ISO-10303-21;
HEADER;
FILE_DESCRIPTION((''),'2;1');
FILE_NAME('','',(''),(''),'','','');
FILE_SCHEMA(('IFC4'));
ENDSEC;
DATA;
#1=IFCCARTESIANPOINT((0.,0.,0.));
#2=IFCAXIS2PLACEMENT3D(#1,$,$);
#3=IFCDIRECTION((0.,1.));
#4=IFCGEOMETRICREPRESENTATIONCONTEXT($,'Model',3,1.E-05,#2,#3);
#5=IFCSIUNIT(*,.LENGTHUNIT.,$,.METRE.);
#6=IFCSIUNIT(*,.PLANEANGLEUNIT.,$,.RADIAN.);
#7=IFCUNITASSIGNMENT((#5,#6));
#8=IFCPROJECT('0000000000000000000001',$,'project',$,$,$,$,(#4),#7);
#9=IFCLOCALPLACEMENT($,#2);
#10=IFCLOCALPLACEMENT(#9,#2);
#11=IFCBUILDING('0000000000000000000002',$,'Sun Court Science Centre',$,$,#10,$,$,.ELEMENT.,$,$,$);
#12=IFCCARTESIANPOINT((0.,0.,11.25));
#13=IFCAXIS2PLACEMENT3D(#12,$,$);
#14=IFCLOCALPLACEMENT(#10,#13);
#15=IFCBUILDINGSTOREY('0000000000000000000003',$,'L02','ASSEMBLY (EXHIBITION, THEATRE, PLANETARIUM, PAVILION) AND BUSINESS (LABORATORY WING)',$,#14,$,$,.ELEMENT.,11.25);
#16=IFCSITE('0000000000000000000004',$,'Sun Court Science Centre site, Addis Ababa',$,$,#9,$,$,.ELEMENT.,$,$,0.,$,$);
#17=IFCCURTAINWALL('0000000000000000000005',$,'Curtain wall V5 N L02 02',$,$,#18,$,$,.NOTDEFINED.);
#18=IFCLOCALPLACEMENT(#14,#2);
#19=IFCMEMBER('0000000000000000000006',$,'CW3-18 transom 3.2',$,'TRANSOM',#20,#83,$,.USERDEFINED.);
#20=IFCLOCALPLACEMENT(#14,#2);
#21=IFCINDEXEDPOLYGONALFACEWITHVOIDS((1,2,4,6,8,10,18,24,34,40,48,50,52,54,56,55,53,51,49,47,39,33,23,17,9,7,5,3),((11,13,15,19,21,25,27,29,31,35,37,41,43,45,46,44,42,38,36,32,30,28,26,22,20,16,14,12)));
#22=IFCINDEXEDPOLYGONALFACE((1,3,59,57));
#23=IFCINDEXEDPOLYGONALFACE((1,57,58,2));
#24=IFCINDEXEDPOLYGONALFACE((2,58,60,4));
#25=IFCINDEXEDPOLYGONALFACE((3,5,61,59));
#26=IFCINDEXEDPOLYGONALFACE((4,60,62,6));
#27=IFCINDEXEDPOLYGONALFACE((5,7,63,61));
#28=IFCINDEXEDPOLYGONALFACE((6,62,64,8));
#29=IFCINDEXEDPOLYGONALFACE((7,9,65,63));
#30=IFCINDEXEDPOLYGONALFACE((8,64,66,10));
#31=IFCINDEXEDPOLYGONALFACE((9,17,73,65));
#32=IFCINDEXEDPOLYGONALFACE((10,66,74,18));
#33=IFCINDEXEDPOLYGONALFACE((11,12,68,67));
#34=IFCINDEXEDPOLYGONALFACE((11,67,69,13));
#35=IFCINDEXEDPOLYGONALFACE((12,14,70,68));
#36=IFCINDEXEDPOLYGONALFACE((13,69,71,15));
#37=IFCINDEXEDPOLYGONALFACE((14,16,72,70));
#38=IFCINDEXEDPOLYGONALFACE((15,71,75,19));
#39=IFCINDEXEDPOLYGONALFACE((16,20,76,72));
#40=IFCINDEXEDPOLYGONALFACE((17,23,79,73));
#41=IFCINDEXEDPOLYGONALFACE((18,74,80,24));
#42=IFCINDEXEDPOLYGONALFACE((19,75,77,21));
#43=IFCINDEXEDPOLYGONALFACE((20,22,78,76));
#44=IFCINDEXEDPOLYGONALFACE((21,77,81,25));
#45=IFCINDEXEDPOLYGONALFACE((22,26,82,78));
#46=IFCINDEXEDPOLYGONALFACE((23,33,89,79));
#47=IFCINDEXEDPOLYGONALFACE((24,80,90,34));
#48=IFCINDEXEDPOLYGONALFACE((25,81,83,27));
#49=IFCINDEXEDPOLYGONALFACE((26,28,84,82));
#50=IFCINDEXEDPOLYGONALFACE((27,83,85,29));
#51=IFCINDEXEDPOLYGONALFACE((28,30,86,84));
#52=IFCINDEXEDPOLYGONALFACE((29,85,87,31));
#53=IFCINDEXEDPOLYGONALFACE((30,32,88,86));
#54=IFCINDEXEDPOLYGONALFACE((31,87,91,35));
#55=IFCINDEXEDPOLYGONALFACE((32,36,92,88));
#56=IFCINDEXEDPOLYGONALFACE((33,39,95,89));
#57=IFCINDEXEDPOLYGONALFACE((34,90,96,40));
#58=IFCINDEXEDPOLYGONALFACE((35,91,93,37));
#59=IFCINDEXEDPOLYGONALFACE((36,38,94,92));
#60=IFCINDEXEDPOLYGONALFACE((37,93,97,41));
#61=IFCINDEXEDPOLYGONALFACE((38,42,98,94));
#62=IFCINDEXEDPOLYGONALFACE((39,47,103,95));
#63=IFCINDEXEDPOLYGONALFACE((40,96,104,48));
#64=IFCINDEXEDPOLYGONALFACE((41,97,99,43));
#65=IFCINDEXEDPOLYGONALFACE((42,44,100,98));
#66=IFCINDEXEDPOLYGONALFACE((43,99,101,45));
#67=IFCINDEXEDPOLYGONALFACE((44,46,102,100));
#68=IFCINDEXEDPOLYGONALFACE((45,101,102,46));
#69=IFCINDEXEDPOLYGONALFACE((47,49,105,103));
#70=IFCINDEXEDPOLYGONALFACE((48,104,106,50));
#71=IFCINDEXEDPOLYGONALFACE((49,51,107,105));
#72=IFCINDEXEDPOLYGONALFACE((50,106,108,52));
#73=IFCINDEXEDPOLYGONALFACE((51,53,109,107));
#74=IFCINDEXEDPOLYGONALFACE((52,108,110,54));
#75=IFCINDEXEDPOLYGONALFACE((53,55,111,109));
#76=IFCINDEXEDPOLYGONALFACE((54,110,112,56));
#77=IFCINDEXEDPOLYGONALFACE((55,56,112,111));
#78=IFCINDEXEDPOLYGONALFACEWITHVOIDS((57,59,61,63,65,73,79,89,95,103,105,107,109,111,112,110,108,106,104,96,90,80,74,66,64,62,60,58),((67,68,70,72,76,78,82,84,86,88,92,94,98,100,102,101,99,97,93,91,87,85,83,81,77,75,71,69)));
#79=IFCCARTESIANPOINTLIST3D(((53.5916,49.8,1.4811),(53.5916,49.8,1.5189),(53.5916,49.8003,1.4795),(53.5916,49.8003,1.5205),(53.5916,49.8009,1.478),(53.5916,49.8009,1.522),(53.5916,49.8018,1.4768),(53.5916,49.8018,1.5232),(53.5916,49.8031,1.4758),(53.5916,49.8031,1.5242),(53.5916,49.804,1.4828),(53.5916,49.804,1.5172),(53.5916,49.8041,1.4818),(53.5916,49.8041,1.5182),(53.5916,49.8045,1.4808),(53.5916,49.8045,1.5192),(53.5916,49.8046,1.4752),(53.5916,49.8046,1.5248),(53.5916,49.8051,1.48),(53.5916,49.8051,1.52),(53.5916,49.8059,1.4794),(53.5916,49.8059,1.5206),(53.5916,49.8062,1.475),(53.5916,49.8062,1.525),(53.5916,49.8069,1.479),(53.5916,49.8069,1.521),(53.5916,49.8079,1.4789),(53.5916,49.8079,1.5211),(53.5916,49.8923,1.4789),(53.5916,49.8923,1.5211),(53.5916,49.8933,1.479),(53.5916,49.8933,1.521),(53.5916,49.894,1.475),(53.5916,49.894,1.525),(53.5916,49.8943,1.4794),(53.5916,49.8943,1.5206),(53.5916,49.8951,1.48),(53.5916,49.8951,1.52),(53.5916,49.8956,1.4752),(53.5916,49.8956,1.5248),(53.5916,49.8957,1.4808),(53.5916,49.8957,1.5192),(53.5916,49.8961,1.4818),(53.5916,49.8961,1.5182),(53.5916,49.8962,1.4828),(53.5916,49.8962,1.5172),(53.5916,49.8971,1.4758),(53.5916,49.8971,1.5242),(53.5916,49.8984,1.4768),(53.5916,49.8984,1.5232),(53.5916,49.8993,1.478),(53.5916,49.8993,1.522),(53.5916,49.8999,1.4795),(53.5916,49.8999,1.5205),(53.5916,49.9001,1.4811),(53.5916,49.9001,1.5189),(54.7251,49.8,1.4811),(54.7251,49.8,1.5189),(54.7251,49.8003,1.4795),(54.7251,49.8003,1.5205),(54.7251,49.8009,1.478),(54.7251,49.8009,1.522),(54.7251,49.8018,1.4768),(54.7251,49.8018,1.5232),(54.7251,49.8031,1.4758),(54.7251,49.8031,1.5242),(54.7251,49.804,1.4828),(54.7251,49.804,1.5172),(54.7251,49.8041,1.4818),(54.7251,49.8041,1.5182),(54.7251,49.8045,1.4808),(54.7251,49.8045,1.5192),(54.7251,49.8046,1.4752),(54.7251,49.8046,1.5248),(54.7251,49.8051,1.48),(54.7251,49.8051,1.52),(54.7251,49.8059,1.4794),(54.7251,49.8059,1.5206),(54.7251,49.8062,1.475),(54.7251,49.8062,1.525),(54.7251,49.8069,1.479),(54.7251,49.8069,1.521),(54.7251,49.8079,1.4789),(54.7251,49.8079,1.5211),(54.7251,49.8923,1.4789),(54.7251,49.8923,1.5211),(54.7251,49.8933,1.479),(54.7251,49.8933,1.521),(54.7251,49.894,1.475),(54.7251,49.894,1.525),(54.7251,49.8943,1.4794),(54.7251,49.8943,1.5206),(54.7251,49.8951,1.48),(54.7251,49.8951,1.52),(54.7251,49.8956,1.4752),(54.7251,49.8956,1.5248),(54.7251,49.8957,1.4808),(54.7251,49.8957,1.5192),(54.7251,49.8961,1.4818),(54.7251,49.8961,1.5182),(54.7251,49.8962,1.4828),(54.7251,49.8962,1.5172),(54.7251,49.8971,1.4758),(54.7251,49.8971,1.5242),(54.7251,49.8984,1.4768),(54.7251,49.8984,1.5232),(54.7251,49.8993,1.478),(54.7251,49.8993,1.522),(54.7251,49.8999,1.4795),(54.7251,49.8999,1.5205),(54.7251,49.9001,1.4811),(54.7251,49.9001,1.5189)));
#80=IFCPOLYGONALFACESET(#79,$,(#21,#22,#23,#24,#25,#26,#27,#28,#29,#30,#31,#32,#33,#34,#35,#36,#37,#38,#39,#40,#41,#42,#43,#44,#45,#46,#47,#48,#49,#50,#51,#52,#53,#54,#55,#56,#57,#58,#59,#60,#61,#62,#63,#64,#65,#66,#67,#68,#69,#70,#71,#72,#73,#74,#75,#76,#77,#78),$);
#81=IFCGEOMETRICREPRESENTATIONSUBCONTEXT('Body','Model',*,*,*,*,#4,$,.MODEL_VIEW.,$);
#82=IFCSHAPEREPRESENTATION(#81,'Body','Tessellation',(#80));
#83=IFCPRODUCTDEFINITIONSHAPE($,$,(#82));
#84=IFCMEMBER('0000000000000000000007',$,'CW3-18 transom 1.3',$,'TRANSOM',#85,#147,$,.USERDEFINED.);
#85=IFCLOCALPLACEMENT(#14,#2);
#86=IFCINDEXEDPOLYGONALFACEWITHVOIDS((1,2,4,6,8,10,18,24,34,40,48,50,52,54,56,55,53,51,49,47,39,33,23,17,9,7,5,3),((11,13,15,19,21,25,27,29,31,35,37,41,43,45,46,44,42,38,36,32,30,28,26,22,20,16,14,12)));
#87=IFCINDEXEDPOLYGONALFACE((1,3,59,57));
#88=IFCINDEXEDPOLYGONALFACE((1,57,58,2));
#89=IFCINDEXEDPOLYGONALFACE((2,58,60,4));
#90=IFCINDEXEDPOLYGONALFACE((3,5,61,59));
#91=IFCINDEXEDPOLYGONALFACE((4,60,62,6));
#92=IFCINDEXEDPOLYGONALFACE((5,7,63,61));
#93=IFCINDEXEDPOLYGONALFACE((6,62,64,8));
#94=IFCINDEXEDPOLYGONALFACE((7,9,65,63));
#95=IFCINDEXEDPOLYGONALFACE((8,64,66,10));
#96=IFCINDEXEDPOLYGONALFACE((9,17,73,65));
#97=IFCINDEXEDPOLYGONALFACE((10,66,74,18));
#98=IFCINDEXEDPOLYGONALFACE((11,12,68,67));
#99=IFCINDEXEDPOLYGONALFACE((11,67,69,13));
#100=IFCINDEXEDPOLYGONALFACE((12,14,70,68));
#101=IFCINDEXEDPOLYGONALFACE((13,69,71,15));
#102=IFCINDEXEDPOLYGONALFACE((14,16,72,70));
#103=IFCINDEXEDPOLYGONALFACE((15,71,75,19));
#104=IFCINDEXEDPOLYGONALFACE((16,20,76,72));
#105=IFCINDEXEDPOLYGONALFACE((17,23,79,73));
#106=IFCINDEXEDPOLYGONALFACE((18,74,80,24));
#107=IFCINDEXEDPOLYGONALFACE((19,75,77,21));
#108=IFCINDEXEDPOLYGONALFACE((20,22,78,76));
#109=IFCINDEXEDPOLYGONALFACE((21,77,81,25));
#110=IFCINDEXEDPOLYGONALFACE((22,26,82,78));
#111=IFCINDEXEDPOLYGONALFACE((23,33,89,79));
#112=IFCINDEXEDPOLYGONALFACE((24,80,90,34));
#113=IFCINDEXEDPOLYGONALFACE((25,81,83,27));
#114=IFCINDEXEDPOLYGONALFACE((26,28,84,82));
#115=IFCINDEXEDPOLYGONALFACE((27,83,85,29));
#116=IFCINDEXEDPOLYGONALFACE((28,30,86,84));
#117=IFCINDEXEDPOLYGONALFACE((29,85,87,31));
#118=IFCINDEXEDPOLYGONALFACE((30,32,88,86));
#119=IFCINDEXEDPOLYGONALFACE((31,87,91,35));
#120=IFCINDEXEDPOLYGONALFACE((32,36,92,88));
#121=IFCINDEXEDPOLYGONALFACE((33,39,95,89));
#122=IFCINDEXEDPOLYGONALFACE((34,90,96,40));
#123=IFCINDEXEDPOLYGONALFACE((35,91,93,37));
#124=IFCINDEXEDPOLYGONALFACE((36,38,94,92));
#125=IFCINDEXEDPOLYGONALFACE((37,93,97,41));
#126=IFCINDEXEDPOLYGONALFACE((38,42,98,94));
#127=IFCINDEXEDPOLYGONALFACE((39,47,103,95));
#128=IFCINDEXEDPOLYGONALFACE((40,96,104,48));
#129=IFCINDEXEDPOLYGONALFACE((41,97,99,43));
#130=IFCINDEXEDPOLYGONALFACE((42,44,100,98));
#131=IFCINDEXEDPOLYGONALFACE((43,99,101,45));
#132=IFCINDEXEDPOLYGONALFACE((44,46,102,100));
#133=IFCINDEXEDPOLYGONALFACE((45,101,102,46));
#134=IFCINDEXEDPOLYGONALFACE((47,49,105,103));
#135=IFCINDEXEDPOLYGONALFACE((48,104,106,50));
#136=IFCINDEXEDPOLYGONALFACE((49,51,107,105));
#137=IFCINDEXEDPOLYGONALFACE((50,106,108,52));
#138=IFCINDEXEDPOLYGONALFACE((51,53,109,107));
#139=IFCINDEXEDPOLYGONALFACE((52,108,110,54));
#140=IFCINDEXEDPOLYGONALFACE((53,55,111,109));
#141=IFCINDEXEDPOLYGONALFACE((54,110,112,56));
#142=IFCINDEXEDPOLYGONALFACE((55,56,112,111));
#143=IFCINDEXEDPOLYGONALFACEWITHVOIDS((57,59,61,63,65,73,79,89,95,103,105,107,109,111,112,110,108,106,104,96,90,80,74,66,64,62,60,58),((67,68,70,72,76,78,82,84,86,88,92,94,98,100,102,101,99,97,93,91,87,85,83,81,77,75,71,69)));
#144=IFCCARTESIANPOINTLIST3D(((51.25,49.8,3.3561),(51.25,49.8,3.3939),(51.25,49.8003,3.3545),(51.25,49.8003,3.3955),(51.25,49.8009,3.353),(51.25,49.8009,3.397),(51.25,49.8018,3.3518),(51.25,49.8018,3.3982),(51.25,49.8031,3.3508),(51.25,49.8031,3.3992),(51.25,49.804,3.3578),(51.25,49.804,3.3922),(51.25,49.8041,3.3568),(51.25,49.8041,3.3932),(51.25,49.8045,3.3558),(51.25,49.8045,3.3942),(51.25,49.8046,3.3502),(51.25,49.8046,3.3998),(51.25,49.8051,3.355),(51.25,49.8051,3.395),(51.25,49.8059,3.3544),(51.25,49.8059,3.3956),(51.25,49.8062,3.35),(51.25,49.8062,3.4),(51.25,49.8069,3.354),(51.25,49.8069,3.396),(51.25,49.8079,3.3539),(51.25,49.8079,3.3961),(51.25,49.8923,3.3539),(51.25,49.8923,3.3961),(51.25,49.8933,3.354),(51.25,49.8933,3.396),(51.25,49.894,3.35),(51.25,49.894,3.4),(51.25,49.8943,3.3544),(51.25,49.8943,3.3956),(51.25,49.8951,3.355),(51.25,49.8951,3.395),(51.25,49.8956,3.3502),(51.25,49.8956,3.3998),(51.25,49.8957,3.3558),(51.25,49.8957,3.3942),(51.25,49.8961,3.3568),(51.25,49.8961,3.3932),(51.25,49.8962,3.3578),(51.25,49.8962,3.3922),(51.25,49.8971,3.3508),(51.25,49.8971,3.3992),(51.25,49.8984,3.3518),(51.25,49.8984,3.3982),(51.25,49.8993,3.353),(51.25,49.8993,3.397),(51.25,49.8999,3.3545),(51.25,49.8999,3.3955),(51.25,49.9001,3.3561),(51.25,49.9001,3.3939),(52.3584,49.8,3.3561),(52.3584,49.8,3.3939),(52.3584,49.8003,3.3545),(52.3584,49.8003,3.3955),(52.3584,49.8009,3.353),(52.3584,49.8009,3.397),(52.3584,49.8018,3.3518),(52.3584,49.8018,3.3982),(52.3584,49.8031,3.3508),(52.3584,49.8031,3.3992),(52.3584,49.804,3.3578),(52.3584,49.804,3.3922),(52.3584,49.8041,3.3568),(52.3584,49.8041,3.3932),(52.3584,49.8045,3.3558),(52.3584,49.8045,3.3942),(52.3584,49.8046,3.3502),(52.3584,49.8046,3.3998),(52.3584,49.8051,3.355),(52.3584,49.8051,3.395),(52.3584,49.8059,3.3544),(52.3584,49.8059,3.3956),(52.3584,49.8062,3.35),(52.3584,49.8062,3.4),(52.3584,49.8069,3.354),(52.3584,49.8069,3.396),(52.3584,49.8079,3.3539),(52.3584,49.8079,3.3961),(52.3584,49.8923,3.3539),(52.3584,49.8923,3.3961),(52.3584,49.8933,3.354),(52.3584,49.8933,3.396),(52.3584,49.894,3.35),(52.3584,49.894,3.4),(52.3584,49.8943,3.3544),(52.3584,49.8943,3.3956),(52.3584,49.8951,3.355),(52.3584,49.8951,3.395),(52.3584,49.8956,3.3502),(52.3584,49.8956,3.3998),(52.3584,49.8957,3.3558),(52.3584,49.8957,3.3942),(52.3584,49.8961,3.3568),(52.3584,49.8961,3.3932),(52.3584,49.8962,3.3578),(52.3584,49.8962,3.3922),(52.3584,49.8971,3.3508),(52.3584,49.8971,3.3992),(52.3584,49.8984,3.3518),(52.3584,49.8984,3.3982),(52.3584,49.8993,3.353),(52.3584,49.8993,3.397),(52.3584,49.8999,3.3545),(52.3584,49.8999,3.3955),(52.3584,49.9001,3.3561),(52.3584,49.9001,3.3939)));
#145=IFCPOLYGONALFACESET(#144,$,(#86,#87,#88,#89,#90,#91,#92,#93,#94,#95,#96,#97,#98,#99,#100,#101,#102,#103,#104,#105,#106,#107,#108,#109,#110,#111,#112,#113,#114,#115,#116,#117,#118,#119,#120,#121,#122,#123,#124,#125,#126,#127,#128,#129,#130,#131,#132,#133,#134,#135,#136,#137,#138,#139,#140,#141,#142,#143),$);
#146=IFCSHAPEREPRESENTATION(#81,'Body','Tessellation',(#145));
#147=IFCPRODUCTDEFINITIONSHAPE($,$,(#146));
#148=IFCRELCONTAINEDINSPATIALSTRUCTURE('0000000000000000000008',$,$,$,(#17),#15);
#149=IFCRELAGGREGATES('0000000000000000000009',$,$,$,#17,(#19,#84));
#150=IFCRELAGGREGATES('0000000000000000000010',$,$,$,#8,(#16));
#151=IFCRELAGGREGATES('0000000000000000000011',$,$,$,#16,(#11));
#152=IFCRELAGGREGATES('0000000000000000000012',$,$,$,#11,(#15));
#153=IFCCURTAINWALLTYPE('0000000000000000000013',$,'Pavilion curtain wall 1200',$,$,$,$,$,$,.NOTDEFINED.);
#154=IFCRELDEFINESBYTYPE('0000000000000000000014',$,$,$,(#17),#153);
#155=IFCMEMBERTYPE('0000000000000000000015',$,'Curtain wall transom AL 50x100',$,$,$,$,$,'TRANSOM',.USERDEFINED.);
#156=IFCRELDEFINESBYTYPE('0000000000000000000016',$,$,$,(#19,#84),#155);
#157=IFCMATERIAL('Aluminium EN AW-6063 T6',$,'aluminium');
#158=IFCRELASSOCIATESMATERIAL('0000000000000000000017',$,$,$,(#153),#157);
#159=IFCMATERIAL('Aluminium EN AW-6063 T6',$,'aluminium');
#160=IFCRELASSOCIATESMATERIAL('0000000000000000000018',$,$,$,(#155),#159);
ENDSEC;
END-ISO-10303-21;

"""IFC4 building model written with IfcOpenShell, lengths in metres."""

from ifc_helpers import new_model, si_unit, direction, frame, origin, origin_2d, place, context, subcontext, project, spatial, hollow_rectangle, extrude, material, material_profile, profile_set, type_object, element, aggregate, save


model = new_model("IFC4")

# Units and contexts
model_context = context("Model", 3, precision=1e-05, world=origin(), true_north=direction((0.0, 1.0)))
body_context = subcontext(model_context, "Body", "Model", "MODEL_VIEW")
ifc_project = project(units=[si_unit("LENGTHUNIT", "METRE"), si_unit("PLANEANGLEUNIT", "RADIAN")], contexts=[model_context])

# Site, building, storey
site_placement = place(None, origin())
site = spatial("IfcSite", under=ifc_project, at=site_placement, Name="Sun Court Science Centre site, Addis Ababa", CompositionType="ELEMENT", RefElevation=0.0)
building_placement = place(site_placement, origin())
building = spatial("IfcBuilding", under=site, at=building_placement, Name="Sun Court Science Centre", CompositionType="ELEMENT")
storey_placement = place(building_placement, frame((0.0, 0.0, 11.25)))
storey = spatial("IfcBuildingStorey", under=building, at=storey_placement, Name="L02", Description="ASSEMBLY (EXHIBITION, THEATRE, PLANETARIUM, PAVILION) AND BUSINESS (LABORATORY WING)", CompositionType="ELEMENT", Elevation=11.25)

# Shared definitions
ifc_material_1 = material(Name="Aluminium EN AW-6063 T6", Category="aluminium")
curtain_wall_type = type_object("IfcCurtainWallType", Name="Pavilion curtain wall 1200", PredefinedType="NOTDEFINED", material=ifc_material_1)

# Curtain wall
curtain_wall_1_placement = place(storey_placement, origin())
curtain_wall_1 = element("IfcCurtainWall", 1, at=curtain_wall_1_placement, inside=storey, type_object=curtain_wall_type, Name="Curtain wall V5 N L02 02", PredefinedType="NOTDEFINED")

# Members
ifc_material_2 = material(Name="Aluminium EN AW-6063 T6", Category="aluminium")
ifc_material_profile_1 = material_profile(ifc_material_2, hollow_rectangle(XDim=0.05, YDim=0.1001, WallThickness=0.0039, InnerFilletRadius=0.0039, OuterFilletRadius=0.0061, at=origin_2d()), Name="AL 50x100x4")
ifc_profile_set_1 = profile_set([ifc_material_profile_1], Name="Aluminium EN AW-6063 T6")
member_type_1 = type_object("IfcMemberType", Name="Curtain wall transom AL 50x100", ElementType="TRANSOM", PredefinedType="USERDEFINED", material=ifc_profile_set_1)
member_1_placement = place(storey_placement, frame((53.5916, 49.8501, 1.5), z_axis=(1.0, 0.0, 0.0), x_axis=(0.0, 0.0, 1.0)))
member_1 = element("IfcMember", 2, at=member_1_placement, type_object=member_type_1, Name="CW3-18 transom 3.2", ObjectType="TRANSOM", PredefinedType="USERDEFINED", context=body_context, shape_type="SweptSolid", body=[
    extrude(hollow_rectangle(XDim=0.05, YDim=0.1001, WallThickness=0.0039, InnerFilletRadius=0.0039, OuterFilletRadius=0.0061, at=origin_2d()), origin(), (0.0, 0.0, 1.0), 1.1335),
])
member_2_placement = place(storey_placement, frame((51.25, 49.8501, 3.375), z_axis=(1.0, 0.0, 0.0), x_axis=(0.0, 0.0, 1.0)))
member_2 = element("IfcMember", 3, at=member_2_placement, type_object=member_type_1, Name="CW3-18 transom 1.3", ObjectType="TRANSOM", PredefinedType="USERDEFINED", context=body_context, shape_type="SweptSolid", body=[
    extrude(hollow_rectangle(XDim=0.05, YDim=0.1001, WallThickness=0.0039, InnerFilletRadius=0.0039, OuterFilletRadius=0.0061, at=origin_2d()), origin(), (0.0, 0.0, 1.0), 1.1084),
])

aggregate(curtain_wall_1, [member_1, member_2])

save(model, "model.ifc")
